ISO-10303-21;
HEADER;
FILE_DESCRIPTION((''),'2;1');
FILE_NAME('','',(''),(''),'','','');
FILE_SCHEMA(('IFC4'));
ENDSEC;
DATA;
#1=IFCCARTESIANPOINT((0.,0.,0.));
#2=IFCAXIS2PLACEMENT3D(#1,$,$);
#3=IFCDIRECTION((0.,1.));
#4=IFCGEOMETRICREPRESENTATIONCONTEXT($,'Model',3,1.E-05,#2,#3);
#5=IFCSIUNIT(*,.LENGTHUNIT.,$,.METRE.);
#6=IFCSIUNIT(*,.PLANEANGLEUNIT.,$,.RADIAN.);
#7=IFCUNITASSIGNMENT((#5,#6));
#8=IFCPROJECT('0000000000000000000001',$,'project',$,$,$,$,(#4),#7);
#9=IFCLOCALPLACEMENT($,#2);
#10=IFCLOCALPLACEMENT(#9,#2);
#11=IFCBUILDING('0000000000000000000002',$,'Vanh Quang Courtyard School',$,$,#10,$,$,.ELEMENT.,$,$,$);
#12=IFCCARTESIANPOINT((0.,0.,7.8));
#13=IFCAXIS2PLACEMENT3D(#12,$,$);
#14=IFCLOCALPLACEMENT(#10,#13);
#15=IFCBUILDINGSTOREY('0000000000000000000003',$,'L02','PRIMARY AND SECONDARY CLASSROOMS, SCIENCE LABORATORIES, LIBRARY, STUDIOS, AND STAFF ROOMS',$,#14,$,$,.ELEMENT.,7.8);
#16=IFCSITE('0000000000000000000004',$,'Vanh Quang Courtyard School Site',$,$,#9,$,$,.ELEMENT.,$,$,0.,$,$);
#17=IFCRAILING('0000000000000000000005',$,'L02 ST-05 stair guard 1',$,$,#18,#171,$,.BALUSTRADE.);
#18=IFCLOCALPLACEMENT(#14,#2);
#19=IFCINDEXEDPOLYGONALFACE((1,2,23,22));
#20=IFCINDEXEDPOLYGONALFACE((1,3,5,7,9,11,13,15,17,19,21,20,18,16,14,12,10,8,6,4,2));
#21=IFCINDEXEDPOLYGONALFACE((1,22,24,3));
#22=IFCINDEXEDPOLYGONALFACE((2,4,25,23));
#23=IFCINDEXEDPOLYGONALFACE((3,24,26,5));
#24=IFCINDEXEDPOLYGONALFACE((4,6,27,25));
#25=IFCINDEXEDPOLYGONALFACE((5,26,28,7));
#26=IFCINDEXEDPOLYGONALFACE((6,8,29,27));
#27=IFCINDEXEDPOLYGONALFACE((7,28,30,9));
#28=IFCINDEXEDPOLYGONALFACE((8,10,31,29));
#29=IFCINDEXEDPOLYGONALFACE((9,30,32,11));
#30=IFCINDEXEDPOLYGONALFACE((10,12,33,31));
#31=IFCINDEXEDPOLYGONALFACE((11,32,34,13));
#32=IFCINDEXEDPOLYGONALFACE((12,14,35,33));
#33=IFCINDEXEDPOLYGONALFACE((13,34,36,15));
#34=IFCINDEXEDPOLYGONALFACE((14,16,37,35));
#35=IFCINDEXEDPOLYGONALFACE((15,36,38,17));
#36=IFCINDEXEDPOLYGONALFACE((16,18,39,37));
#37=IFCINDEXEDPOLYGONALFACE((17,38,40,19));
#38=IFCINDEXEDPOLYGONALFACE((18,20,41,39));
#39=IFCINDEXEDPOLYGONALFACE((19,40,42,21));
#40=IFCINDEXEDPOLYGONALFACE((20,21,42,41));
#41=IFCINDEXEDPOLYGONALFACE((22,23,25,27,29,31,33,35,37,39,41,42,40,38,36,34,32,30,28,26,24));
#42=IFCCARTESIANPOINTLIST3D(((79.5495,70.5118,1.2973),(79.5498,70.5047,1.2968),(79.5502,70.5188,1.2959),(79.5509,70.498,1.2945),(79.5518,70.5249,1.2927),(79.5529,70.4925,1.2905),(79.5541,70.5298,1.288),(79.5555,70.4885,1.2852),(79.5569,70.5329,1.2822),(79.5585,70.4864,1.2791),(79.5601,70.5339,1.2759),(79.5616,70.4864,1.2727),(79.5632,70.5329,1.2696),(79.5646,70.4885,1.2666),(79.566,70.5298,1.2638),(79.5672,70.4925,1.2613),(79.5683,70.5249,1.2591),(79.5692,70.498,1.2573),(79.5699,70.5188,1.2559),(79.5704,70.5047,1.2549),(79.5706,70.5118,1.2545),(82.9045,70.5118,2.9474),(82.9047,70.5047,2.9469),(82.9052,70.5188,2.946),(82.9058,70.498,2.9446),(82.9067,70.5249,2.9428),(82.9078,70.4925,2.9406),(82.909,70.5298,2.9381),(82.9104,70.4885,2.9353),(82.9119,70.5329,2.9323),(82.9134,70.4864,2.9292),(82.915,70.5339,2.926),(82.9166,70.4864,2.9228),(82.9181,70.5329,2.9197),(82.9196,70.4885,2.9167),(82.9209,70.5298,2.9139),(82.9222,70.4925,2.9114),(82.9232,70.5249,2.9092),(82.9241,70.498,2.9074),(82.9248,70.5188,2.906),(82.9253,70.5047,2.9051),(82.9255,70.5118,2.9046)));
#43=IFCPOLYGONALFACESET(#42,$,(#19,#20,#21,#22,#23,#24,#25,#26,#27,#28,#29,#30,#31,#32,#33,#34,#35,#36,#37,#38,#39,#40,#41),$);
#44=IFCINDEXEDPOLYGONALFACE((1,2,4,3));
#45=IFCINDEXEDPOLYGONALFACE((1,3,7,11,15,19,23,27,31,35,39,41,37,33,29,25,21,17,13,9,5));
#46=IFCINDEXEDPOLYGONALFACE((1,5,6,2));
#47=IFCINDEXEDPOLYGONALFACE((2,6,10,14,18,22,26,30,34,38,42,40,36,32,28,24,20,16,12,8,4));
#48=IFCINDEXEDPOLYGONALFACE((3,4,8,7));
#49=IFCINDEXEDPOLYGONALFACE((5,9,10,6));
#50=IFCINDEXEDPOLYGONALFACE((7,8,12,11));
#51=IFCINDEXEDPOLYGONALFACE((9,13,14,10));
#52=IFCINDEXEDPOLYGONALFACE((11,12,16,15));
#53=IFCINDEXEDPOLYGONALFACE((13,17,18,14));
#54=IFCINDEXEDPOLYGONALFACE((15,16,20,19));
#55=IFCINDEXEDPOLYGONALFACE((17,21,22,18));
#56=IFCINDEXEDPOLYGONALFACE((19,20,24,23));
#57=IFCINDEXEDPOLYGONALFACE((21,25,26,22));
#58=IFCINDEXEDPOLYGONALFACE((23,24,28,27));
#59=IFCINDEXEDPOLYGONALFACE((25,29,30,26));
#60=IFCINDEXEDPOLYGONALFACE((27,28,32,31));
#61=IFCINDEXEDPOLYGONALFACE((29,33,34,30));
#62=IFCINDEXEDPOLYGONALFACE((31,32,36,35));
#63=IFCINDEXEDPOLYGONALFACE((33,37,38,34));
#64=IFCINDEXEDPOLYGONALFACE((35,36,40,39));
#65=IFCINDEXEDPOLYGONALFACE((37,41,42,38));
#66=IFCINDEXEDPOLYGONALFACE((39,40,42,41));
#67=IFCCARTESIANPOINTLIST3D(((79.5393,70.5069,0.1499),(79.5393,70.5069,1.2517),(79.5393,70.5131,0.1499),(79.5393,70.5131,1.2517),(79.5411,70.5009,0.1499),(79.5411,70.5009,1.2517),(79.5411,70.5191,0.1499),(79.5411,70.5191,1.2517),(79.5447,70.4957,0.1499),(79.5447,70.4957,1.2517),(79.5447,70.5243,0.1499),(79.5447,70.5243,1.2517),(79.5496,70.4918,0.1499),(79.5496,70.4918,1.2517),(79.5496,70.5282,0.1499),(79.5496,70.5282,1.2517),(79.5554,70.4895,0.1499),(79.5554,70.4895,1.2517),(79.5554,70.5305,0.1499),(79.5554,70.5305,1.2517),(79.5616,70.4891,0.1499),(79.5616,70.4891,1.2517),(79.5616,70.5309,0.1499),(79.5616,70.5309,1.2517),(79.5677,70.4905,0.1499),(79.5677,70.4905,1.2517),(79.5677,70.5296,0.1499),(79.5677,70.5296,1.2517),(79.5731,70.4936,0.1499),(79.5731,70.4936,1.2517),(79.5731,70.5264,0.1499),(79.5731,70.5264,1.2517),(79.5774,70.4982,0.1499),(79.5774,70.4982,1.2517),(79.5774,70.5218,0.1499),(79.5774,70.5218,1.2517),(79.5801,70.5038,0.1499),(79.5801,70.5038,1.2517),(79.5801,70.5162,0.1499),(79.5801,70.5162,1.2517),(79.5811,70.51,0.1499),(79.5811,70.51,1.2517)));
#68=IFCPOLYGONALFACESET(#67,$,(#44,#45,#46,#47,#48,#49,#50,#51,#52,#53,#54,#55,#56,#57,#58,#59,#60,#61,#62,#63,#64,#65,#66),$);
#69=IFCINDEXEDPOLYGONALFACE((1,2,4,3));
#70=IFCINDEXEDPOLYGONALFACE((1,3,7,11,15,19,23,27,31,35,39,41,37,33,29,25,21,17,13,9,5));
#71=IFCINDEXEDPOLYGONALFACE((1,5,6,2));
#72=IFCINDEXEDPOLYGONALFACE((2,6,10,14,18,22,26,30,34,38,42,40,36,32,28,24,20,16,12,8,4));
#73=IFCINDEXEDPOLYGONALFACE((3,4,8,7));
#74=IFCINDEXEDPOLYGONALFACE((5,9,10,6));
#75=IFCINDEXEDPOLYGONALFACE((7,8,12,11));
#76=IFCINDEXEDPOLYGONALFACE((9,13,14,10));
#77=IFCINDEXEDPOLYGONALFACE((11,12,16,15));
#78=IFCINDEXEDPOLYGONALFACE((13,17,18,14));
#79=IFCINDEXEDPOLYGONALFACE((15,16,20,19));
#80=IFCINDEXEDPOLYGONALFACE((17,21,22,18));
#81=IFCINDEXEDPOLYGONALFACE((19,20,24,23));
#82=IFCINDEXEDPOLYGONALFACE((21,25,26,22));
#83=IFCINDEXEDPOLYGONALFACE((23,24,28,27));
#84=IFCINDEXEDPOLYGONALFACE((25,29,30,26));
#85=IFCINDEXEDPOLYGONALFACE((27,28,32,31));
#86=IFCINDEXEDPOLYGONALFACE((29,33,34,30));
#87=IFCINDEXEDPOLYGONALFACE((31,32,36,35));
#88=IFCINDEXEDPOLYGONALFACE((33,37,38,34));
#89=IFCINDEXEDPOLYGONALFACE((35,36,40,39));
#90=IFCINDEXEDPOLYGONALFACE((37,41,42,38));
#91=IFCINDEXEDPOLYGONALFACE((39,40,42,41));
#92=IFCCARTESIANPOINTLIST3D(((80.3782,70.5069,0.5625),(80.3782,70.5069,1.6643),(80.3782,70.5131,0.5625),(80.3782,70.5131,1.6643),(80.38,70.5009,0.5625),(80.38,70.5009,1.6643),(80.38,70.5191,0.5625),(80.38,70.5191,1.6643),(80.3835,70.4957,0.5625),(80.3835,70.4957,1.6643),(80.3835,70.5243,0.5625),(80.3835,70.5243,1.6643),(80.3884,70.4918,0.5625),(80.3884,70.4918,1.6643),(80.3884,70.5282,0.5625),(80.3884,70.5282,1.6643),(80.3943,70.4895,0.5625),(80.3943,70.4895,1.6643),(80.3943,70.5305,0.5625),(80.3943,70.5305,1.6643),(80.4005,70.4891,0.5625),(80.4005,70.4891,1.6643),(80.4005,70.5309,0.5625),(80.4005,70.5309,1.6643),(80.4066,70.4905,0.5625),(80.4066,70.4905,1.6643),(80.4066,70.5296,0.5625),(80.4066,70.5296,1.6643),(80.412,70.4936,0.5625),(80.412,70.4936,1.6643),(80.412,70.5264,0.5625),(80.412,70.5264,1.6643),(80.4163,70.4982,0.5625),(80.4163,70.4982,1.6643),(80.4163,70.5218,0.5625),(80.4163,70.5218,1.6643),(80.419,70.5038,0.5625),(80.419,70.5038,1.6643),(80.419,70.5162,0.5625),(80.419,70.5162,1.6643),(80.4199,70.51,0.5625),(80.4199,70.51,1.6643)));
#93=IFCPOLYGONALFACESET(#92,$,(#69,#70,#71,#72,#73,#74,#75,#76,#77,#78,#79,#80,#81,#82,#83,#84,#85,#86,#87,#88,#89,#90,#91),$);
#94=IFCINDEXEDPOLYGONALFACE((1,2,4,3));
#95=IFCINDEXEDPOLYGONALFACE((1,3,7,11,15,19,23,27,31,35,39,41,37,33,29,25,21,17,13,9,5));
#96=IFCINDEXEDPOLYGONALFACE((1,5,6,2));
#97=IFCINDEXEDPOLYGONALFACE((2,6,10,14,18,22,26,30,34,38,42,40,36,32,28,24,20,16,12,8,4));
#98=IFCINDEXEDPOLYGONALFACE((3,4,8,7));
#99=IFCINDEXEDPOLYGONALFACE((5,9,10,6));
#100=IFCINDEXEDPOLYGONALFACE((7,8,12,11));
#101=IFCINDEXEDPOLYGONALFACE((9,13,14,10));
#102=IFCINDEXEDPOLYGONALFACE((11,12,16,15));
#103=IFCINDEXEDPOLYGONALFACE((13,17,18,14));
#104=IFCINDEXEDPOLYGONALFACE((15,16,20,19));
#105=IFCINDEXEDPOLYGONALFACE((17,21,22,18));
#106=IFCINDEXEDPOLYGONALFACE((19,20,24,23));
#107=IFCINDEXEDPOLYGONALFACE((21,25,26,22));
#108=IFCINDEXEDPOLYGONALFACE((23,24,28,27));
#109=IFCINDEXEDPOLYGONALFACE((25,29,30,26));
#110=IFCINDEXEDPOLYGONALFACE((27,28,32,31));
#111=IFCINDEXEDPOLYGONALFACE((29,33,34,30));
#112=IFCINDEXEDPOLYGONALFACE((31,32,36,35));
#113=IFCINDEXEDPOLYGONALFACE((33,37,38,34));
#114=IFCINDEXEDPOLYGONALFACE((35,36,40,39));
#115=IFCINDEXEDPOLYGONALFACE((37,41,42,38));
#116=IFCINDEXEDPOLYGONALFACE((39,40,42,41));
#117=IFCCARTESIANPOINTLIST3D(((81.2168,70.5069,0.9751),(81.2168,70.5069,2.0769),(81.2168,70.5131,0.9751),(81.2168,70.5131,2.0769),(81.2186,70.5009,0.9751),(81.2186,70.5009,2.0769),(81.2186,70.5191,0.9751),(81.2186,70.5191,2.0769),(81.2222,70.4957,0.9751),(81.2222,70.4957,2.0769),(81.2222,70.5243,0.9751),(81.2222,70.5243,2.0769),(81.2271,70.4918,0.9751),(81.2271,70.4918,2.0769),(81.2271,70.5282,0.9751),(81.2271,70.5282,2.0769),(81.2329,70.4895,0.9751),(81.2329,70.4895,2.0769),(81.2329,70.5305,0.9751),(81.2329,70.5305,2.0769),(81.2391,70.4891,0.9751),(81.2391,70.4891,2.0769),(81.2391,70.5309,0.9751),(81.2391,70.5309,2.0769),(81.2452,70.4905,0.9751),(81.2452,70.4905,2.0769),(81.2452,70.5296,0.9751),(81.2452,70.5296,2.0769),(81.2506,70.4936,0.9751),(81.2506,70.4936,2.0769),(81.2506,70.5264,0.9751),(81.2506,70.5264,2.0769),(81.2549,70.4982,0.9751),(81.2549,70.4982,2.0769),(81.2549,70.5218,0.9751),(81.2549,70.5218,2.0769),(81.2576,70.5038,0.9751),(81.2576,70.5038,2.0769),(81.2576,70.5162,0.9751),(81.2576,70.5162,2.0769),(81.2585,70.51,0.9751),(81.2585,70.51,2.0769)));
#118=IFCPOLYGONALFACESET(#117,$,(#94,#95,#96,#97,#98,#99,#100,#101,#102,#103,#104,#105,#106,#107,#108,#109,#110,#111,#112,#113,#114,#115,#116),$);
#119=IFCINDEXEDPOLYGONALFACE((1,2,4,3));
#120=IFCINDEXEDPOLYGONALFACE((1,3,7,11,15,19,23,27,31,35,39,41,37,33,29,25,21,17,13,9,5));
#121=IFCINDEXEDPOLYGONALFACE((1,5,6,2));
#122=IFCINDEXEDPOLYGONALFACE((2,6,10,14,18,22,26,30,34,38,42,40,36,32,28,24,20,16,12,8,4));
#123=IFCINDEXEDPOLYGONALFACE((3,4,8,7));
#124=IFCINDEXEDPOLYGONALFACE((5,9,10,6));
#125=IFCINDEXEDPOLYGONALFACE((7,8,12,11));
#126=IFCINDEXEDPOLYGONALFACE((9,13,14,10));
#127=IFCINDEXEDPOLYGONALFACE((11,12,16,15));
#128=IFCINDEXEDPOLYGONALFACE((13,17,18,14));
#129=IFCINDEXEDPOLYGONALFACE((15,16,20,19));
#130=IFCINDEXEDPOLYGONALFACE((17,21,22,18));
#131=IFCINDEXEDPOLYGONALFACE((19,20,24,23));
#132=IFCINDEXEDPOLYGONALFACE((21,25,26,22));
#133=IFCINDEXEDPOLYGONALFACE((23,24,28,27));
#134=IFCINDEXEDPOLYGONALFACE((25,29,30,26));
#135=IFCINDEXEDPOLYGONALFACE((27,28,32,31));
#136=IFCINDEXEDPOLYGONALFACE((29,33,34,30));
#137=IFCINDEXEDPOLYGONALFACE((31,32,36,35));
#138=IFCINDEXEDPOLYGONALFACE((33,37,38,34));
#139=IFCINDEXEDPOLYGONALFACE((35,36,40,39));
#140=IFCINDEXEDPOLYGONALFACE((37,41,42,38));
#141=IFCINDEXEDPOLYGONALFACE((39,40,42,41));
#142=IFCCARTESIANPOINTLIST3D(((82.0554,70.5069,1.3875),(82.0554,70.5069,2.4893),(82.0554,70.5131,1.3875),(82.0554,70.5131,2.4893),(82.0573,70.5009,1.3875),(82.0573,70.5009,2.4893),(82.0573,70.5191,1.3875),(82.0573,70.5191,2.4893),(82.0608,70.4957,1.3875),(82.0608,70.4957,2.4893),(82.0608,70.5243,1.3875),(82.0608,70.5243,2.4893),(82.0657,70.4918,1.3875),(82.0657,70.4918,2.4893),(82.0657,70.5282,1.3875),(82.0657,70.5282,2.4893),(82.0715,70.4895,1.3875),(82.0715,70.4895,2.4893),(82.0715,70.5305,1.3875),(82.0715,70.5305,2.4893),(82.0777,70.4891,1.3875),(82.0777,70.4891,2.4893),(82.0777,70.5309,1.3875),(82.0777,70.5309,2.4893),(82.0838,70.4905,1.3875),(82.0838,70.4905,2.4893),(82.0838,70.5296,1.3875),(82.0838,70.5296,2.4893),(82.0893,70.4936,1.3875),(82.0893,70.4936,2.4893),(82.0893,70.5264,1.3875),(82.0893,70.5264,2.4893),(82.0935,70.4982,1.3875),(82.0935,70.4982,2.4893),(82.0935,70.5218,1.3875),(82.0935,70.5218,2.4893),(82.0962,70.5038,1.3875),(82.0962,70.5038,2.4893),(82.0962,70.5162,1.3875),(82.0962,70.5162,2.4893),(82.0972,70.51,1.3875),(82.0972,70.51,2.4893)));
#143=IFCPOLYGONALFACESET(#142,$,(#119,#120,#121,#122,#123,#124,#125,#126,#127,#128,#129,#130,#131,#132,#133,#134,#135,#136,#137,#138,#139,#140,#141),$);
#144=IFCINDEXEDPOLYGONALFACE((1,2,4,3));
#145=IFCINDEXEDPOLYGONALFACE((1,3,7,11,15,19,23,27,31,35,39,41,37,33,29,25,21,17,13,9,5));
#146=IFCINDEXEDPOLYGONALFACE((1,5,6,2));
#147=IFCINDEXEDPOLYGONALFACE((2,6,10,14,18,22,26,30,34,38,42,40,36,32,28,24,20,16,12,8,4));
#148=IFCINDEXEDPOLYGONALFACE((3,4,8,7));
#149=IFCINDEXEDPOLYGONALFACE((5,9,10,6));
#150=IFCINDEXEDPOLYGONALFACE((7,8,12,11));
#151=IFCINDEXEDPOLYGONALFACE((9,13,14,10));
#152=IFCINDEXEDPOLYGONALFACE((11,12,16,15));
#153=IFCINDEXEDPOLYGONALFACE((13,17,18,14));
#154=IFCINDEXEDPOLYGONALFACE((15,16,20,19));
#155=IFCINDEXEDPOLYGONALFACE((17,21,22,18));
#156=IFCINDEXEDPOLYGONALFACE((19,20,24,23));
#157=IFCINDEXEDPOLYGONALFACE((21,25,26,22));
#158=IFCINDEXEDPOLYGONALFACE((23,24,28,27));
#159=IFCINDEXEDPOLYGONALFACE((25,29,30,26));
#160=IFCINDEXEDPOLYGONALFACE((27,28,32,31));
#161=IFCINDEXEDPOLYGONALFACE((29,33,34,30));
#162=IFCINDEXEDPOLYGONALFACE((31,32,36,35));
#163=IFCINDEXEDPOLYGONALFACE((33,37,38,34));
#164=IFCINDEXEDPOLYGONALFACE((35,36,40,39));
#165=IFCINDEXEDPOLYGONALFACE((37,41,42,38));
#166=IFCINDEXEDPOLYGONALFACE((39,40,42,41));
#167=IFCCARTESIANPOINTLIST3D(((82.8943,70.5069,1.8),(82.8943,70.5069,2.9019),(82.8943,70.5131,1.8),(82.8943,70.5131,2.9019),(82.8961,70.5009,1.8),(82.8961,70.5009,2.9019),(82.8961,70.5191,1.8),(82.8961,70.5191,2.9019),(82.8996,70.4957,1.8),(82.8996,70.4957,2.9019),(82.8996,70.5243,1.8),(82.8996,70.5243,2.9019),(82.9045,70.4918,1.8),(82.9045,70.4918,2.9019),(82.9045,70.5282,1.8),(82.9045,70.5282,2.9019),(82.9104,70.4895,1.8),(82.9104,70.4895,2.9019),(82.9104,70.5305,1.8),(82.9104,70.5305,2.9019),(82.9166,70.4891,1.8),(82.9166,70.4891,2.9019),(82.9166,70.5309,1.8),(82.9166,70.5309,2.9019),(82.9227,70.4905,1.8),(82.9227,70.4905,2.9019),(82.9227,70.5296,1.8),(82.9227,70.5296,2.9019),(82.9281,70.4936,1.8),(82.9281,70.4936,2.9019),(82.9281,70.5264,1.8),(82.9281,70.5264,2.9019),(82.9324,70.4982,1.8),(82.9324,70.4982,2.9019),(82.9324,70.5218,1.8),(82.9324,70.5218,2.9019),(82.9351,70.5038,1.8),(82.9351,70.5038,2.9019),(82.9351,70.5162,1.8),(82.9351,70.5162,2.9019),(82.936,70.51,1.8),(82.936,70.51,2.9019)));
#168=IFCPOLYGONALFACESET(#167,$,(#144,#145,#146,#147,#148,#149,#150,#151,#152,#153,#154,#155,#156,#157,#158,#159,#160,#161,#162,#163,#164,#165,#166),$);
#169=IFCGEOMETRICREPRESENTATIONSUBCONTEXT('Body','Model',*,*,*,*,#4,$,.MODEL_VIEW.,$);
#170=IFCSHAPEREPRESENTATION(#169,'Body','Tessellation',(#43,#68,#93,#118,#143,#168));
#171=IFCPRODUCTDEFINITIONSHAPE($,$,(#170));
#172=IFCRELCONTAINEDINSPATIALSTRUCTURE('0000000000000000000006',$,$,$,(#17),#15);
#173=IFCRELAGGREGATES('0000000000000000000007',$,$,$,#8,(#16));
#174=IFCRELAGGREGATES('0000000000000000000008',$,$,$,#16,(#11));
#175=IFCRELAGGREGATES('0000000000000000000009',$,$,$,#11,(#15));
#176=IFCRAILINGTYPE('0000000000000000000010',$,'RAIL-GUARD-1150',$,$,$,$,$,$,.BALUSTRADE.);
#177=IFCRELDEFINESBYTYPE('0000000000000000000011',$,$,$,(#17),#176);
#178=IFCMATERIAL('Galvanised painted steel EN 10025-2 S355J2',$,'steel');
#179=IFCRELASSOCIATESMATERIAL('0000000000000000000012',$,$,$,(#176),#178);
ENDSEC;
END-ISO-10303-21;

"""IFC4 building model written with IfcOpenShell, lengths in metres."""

from ifc_helpers import new_model, si_unit, direction, frame, origin, origin_2d, place, context, subcontext, project, spatial, circle, extrude, material, type_object, element, save


model = new_model("IFC4")

# Units and contexts
model_context = context("Model", 3, precision=1e-05, world=origin(), true_north=direction((0.0, 1.0)))
body_context = subcontext(model_context, "Body", "Model", "MODEL_VIEW")
ifc_project = project(units=[si_unit("LENGTHUNIT", "METRE"), si_unit("PLANEANGLEUNIT", "RADIAN")], contexts=[model_context])

# Site, building, storey
site_placement = place(None, origin())
site = spatial("IfcSite", under=ifc_project, at=site_placement, Name="Vanh Quang Courtyard School Site", CompositionType="ELEMENT", RefElevation=0.0)
building_placement = place(site_placement, origin())
building = spatial("IfcBuilding", under=site, at=building_placement, Name="Vanh Quang Courtyard School", CompositionType="ELEMENT")
storey_placement = place(building_placement, frame((0.0, 0.0, 7.8)))
storey = spatial("IfcBuildingStorey", under=building, at=storey_placement, Name="L02", Description="PRIMARY AND SECONDARY CLASSROOMS, SCIENCE LABORATORIES, LIBRARY, STUDIOS, AND STAFF ROOMS", CompositionType="ELEMENT", Elevation=7.8)

# Railing
ifc_material_1 = material(Name="Galvanised painted steel EN 10025-2 S355J2", Category="steel")
railing_type_1 = type_object("IfcRailingType", Name="RAIL-GUARD-1150", PredefinedType="BALUSTRADE", material=ifc_material_1)
railing_1_placement = place(storey_placement, frame((79.5601, 70.51, 0.1499)))
element("IfcRailing", 1, at=railing_1_placement, inside=storey, type_object=railing_type_1, Name="L02 ST-05 stair guard 1", PredefinedType="BALUSTRADE", context=body_context, shape_type="SweptSolid", body=[
    extrude(circle(Radius=0.0239, at=origin_2d()), frame((0.0, 0.0, 1.126), z_axis=(0.897333, 0.0, 0.441353), x_axis=(0.0, 1.0, 0.0)), (0.0, 0.0, 1.0), 3.7388),
    extrude(circle(Radius=0.021, at=origin_2d()), origin(), (0.0, 0.0, 1.0), 1.1018),
    extrude(circle(Radius=0.021, at=origin_2d()), frame((0.8389, 0.0, 0.4126)), (0.0, 0.0, 1.0), 1.1018),
    extrude(circle(Radius=0.021, at=origin_2d()), frame((1.6775, 0.0, 0.8252)), (0.0, 0.0, 1.0), 1.1018),
    extrude(circle(Radius=0.021, at=origin_2d()), frame((2.5161, 0.0, 1.2375)), (0.0, 0.0, 1.0), 1.1018),
    extrude(circle(Radius=0.021, at=origin_2d()), frame((3.355, 0.0, 1.6501)), (0.0, 0.0, 1.0), 1.1018),
])

save(model, "model.ifc")
